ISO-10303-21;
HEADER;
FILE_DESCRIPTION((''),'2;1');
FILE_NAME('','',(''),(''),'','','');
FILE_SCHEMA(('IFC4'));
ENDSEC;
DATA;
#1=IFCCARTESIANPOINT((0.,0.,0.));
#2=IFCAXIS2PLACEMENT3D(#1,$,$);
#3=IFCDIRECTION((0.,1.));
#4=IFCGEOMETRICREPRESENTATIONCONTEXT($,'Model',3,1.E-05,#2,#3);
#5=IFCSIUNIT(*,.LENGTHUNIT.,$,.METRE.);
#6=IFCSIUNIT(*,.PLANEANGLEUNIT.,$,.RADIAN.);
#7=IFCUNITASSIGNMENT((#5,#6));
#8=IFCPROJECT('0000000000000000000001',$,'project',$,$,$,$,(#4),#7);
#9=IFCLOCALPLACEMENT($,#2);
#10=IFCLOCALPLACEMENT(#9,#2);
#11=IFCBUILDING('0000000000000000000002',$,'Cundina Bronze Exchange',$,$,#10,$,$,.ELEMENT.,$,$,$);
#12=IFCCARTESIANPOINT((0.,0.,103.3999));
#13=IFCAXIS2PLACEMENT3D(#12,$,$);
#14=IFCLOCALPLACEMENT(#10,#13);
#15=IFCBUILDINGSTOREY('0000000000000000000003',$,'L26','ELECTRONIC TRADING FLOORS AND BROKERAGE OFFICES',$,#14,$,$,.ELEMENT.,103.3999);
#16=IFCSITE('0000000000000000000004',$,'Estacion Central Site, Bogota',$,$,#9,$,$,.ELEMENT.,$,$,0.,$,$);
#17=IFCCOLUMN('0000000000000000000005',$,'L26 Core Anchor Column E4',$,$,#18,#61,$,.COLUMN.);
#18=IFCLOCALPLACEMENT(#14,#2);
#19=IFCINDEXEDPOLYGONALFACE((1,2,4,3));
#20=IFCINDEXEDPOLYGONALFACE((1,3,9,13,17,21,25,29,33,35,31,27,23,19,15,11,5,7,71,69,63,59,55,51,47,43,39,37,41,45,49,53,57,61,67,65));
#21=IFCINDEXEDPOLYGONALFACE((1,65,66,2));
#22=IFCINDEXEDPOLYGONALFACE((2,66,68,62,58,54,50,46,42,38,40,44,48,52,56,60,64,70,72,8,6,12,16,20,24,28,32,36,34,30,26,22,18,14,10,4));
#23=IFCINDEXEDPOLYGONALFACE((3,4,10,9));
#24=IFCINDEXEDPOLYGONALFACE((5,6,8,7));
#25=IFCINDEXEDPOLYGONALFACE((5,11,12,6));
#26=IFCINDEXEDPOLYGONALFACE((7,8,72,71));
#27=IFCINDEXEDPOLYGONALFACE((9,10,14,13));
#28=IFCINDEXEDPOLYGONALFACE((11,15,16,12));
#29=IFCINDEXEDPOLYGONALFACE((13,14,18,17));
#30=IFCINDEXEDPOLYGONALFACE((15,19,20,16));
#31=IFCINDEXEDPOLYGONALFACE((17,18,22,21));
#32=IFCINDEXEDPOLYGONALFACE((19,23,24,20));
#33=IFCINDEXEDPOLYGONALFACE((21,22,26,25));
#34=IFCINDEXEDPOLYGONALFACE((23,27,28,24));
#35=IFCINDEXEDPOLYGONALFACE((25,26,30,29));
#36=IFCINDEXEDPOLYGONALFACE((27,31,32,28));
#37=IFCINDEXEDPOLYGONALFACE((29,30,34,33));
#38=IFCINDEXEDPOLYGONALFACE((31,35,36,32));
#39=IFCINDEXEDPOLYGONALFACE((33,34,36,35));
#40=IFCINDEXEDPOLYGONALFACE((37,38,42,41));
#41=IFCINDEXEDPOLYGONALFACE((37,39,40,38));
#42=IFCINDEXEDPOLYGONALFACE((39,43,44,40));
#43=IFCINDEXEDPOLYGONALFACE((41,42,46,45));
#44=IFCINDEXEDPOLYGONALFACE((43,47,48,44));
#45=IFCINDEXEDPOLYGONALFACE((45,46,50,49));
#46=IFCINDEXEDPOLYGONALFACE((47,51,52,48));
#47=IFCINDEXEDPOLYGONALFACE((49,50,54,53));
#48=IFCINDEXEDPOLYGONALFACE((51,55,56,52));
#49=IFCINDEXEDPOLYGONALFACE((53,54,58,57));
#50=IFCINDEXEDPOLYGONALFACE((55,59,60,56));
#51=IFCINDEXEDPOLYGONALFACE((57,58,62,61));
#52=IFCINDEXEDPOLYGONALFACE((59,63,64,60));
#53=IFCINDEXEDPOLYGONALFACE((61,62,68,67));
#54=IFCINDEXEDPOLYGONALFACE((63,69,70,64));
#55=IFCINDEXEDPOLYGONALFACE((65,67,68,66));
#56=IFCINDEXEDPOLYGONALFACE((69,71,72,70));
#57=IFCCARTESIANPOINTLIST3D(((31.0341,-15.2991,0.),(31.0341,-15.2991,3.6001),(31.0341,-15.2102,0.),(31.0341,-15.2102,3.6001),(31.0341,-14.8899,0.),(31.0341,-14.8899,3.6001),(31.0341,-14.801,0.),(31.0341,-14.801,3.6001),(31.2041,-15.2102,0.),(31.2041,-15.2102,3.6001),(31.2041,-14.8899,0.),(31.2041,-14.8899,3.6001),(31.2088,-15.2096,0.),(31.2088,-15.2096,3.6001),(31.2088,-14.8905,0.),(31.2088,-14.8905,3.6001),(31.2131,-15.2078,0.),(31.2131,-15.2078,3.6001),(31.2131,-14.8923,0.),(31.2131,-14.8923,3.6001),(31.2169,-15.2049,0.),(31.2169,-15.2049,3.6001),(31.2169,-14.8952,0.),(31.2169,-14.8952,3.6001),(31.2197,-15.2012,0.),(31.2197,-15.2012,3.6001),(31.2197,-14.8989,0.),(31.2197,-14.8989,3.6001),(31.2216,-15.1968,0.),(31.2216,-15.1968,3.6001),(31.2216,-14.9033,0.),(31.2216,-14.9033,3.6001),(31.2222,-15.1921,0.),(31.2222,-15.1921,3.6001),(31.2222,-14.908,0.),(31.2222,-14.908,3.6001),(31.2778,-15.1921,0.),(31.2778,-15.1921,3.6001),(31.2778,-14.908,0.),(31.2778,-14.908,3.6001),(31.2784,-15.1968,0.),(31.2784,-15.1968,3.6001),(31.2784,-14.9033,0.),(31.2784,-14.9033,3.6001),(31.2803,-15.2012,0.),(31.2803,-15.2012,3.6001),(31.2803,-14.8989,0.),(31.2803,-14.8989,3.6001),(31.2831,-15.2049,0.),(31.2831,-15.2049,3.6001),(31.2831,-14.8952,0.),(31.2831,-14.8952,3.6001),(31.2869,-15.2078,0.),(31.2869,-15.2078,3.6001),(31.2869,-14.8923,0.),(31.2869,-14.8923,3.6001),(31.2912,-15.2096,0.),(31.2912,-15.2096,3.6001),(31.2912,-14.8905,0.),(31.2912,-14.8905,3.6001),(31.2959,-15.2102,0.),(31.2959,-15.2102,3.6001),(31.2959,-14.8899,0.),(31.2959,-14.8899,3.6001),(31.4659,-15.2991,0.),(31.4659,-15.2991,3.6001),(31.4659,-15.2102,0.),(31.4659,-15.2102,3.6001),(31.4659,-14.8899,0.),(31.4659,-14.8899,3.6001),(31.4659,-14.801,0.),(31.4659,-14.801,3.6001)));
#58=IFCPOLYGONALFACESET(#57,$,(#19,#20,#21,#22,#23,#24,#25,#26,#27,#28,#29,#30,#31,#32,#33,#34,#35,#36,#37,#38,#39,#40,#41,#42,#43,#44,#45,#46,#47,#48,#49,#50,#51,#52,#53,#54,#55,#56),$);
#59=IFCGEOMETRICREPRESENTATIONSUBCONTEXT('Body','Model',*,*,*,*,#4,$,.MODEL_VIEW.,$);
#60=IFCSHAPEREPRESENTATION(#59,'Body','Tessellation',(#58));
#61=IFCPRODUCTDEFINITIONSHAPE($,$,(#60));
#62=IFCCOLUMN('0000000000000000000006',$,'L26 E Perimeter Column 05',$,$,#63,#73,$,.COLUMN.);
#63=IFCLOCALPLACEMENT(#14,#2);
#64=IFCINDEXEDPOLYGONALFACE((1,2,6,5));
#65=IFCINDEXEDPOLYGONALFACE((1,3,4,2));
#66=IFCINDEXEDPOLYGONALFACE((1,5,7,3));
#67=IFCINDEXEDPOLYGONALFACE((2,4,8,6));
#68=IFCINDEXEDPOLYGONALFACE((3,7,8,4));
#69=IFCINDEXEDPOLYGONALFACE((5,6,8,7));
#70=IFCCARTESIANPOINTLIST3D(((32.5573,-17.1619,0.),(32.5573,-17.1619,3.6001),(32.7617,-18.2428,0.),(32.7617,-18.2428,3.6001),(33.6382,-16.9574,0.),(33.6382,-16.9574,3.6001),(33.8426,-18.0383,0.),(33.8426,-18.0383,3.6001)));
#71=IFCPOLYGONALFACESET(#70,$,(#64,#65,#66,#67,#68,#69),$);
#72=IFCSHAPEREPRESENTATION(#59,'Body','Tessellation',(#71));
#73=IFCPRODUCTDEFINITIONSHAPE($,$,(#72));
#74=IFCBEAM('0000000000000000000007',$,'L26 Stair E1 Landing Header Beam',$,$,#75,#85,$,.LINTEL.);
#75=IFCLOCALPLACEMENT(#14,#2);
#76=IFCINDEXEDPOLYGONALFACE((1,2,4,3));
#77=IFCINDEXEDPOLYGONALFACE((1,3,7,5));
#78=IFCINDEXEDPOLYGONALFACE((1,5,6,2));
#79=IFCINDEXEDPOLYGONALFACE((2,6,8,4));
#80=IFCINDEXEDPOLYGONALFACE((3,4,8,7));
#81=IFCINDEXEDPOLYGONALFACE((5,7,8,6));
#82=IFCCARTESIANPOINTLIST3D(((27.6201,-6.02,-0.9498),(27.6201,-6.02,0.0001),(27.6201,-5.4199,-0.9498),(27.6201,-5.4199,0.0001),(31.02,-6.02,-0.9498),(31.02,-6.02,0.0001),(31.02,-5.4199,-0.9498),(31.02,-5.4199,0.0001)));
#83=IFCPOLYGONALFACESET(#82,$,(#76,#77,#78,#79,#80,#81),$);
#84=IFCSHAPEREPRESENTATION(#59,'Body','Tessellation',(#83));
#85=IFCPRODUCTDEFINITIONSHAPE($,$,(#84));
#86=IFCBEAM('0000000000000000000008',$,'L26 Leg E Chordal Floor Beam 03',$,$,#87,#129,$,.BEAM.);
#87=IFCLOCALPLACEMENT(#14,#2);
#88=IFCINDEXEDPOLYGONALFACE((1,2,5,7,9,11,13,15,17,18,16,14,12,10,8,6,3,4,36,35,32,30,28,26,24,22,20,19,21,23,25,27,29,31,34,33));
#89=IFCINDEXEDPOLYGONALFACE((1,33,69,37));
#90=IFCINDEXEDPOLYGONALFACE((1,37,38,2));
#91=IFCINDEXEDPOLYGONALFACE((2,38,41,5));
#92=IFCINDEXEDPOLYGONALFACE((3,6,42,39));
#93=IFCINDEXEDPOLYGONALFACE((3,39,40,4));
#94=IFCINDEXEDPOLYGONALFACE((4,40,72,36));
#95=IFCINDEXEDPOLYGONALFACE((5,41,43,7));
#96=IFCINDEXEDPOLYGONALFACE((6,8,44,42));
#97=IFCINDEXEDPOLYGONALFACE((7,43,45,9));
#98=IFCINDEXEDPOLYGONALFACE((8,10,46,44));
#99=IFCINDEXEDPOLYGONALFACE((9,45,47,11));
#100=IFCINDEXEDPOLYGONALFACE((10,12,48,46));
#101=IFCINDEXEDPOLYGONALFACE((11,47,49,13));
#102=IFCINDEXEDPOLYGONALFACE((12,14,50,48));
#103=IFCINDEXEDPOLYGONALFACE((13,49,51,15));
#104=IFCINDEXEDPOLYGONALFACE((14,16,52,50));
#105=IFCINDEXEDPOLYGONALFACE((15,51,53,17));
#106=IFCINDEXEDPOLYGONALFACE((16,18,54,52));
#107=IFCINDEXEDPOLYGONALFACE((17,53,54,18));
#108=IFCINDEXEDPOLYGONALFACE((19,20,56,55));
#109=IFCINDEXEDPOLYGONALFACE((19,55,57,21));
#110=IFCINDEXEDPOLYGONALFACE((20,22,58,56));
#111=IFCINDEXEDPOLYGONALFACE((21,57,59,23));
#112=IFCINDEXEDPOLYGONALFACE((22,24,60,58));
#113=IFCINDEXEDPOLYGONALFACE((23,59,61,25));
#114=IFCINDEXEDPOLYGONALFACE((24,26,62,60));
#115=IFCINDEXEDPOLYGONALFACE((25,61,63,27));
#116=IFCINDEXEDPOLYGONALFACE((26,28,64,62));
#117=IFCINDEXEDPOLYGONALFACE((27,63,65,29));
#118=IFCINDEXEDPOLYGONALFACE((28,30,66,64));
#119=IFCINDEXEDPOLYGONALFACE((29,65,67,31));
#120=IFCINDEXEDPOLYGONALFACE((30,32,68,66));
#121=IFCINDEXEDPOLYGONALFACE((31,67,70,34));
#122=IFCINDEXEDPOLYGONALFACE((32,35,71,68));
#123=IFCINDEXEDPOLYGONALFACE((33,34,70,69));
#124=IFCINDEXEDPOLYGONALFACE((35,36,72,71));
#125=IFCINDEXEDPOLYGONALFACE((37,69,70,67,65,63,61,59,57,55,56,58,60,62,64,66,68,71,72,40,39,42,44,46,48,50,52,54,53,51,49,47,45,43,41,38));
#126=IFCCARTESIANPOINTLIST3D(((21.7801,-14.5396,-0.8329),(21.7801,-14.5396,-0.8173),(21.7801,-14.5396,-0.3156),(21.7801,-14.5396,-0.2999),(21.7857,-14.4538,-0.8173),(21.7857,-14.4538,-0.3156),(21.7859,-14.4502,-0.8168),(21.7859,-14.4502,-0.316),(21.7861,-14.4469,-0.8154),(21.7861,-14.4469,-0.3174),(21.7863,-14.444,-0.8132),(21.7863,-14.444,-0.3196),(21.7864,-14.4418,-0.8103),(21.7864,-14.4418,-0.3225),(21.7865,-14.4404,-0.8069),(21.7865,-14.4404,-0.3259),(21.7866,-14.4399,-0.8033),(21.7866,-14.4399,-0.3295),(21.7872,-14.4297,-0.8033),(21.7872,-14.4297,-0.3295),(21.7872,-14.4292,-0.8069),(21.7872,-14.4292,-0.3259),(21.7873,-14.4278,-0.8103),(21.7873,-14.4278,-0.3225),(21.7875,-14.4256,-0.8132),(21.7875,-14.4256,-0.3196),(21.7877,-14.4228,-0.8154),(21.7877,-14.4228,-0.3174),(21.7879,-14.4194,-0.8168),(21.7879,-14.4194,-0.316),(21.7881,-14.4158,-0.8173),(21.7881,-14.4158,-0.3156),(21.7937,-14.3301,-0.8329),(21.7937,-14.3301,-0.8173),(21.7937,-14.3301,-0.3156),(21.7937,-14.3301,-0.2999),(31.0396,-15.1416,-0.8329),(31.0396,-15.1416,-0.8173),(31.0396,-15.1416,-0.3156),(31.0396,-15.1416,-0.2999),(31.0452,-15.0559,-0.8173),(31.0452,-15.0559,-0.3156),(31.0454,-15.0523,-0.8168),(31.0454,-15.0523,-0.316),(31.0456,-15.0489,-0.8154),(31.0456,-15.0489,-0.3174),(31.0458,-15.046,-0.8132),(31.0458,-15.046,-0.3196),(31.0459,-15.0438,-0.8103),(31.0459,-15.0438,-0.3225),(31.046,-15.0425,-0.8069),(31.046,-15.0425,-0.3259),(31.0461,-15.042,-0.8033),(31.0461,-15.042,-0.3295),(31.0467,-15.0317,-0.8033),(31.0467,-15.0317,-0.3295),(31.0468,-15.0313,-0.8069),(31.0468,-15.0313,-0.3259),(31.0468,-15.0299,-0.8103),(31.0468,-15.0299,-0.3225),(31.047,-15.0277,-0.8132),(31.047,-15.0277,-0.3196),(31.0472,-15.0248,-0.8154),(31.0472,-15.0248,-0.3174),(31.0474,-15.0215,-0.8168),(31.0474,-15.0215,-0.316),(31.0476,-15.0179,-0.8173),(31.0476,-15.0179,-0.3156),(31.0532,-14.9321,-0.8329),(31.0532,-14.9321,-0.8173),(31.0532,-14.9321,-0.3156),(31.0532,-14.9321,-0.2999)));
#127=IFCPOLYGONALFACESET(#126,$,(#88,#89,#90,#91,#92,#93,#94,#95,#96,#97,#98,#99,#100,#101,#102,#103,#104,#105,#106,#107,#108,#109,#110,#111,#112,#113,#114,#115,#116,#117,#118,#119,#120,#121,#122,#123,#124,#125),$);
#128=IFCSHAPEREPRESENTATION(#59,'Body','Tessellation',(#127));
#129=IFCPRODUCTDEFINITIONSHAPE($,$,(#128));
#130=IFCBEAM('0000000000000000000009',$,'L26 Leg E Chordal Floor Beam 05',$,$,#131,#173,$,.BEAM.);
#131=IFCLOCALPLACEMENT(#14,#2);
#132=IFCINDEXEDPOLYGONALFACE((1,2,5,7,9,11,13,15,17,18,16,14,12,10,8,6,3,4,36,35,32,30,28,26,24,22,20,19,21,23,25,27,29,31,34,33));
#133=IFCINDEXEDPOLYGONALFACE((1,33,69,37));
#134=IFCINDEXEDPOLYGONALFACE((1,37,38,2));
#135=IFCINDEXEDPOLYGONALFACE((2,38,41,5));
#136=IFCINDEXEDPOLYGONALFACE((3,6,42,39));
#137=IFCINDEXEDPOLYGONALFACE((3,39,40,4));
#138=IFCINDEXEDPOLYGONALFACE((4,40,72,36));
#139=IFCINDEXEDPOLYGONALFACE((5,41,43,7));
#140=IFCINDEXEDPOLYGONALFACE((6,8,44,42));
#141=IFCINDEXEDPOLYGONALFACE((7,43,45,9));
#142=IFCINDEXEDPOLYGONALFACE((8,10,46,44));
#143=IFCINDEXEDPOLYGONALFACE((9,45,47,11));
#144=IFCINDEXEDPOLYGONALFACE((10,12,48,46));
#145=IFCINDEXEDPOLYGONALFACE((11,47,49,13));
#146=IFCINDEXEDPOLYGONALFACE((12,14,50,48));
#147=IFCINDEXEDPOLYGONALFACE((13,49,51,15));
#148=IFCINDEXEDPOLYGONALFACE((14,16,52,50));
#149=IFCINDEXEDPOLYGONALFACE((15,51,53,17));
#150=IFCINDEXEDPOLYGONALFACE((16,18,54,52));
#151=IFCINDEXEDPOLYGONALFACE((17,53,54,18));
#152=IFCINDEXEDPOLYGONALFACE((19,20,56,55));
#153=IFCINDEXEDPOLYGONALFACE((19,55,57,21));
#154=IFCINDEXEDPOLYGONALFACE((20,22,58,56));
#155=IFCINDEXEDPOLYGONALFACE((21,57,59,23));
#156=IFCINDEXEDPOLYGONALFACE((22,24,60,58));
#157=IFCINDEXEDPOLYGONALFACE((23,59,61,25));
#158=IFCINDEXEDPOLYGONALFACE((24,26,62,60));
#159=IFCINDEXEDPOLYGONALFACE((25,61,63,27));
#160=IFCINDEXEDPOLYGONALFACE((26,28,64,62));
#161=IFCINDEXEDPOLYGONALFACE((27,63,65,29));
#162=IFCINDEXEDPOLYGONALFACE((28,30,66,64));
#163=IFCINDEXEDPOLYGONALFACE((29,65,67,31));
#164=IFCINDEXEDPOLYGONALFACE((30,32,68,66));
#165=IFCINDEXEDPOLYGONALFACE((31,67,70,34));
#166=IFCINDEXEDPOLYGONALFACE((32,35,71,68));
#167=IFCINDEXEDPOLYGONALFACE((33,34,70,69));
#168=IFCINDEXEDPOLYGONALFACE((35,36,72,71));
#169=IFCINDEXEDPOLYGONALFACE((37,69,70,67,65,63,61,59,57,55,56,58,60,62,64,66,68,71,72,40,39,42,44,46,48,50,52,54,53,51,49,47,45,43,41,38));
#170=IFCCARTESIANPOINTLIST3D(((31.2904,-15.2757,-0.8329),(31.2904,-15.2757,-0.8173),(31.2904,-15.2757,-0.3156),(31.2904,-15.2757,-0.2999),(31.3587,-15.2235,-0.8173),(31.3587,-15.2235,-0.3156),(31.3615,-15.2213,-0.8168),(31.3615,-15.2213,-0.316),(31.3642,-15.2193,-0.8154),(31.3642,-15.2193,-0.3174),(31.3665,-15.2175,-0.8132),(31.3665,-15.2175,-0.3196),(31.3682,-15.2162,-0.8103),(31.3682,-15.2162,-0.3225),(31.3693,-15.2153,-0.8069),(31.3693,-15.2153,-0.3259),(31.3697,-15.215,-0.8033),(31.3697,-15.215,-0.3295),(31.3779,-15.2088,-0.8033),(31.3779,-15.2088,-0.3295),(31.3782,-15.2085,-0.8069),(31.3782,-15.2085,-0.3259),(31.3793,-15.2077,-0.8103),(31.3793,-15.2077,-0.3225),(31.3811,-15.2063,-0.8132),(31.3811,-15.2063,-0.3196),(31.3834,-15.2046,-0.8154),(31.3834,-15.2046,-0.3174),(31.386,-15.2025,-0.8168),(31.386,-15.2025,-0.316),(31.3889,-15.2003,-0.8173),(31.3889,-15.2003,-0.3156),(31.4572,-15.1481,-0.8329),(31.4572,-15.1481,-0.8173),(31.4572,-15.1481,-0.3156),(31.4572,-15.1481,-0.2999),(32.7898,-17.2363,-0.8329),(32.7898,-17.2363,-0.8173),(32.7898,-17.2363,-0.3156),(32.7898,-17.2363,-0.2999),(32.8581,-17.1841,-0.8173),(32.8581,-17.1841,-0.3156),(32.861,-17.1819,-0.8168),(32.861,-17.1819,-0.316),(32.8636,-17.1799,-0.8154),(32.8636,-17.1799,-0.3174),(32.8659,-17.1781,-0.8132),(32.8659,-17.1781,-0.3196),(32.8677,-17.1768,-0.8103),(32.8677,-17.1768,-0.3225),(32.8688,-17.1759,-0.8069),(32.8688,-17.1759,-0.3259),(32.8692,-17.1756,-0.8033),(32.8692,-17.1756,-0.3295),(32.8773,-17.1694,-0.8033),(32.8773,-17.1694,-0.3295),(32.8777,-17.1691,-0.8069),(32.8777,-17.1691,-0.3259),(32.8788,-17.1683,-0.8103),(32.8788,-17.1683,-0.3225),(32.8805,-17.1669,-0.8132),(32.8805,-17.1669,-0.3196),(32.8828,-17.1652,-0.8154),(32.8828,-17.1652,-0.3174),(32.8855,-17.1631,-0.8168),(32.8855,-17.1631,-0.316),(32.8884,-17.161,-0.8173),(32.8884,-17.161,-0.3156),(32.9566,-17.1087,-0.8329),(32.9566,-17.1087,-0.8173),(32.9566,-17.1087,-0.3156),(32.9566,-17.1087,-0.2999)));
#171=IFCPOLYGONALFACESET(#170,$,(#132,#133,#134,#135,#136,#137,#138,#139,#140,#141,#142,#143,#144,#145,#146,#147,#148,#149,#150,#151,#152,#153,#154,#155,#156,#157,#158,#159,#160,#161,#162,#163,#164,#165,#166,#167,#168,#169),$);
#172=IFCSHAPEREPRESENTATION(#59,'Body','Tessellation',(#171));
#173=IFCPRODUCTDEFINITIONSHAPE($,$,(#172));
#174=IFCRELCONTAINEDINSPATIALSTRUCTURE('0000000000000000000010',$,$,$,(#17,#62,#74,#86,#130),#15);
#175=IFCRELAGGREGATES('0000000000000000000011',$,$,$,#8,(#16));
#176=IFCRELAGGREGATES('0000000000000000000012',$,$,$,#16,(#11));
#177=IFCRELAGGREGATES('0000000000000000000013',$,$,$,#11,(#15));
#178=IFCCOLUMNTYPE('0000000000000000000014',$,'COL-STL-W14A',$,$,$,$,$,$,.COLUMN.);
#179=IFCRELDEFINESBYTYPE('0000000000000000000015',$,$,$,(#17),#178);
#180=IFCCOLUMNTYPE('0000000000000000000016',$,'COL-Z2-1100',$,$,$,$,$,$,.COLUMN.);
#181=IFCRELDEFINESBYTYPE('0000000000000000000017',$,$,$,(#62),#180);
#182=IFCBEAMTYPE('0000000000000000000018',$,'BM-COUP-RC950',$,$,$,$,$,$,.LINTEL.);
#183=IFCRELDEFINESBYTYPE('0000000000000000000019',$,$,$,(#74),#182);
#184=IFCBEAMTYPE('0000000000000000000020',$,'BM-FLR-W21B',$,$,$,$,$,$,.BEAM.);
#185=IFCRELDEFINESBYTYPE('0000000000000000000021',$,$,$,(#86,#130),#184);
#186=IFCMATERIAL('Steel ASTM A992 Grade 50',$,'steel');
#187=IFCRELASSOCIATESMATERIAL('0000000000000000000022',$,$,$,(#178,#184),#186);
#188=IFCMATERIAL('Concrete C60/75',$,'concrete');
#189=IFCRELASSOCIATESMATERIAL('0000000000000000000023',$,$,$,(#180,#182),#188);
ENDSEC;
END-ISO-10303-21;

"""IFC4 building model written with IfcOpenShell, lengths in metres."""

from ifc_helpers import new_model, si_unit, direction, frame, origin, origin_2d, place, context, subcontext, project, spatial, rectangle, i_section, extrude, material, material_profile, profile_set, type_object, element, save


model = new_model("IFC4")

# Units and contexts
model_context = context("Model", 3, precision=1e-05, world=origin(), true_north=direction((0.0, 1.0)))
body_context = subcontext(model_context, "Body", "Model", "MODEL_VIEW")
ifc_project = project(units=[si_unit("LENGTHUNIT", "METRE"), si_unit("PLANEANGLEUNIT", "RADIAN")], contexts=[model_context])

# Site, building, storey
site_placement = place(None, origin())
site = spatial("IfcSite", under=ifc_project, at=site_placement, Name="Estacion Central Site, Bogota", CompositionType="ELEMENT", RefElevation=0.0)
building_placement = place(site_placement, origin())
building = spatial("IfcBuilding", under=site, at=building_placement, Name="Cundina Bronze Exchange", CompositionType="ELEMENT")
storey_placement = place(building_placement, frame((0.0, 0.0, 103.3999)))
storey = spatial("IfcBuildingStorey", under=building, at=storey_placement, Name="L26", Description="ELECTRONIC TRADING FLOORS AND BROKERAGE OFFICES", CompositionType="ELEMENT", Elevation=103.3999)

# Columns
ifc_material_1 = material(Name="Steel ASTM A992 Grade 50", Category="steel")
ifc_material_profile_1 = material_profile(ifc_material_1, i_section(OverallWidth=0.4319, OverallDepth=0.498, WebThickness=0.0557, FlangeThickness=0.0889, FilletRadius=0.0181, at=origin_2d()), Name="W14X500", Category="steel")
ifc_profile_set_1 = profile_set([ifc_material_profile_1], Name="Steel ASTM A992 Grade 50")
column_type_1 = type_object("IfcColumnType", Name="COL-STL-W14A", PredefinedType="COLUMN", material=ifc_profile_set_1)
column_1_placement = place(storey_placement, frame((31.25, -15.05, 0.0), z_axis=(0.0, 0.0, 1.0), x_axis=(1.0, 0.0, 0.0)))
element("IfcColumn", 1, at=column_1_placement, inside=storey, type_object=column_type_1, Name="L26 Core Anchor Column E4", PredefinedType="COLUMN", context=body_context, shape_type="SweptSolid", body=[
    extrude(i_section(OverallWidth=0.4319, OverallDepth=0.498, WebThickness=0.0557, FlangeThickness=0.0889, FilletRadius=0.0181, at=origin_2d()), origin(), (0.0, 0.0, 1.0), 3.6001),
])
ifc_material_2 = material(Name="Concrete C60/75", Category="concrete")
ifc_material_profile_2 = material_profile(ifc_material_2, rectangle(XDim=1.1001, YDim=1.1001, at=origin_2d()), Name="RC1100X1100", Category="concrete")
ifc_profile_set_2 = profile_set([ifc_material_profile_2], Name="Concrete C60/75")
column_type_2 = type_object("IfcColumnType", Name="COL-Z2-1100", PredefinedType="COLUMN", material=ifc_profile_set_2)
column_2_placement = place(storey_placement, frame((33.2, -17.6001, 0.0), z_axis=(0.0, 0.0, 1.0), x_axis=(0.98258, 0.185838, 0.0)))
element("IfcColumn", 2, at=column_2_placement, inside=storey, type_object=column_type_2, Name="L26 E Perimeter Column 05", PredefinedType="COLUMN", context=body_context, shape_type="SweptSolid", body=[
    extrude(rectangle(XDim=1.1001, YDim=1.1001, at=origin_2d()), origin(), (0.0, 0.0, 1.0), 3.6001),
])

# Beams
ifc_material_profile_3 = material_profile(ifc_material_2, rectangle(XDim=0.6001, YDim=0.95, at=origin_2d()), Name="RC600X950", Category="concrete")
ifc_profile_set_3 = profile_set([ifc_material_profile_3], Name="Concrete C60/75")
beam_type_1 = type_object("IfcBeamType", Name="BM-COUP-RC950", PredefinedType="LINTEL", material=ifc_profile_set_3)
beam_1_placement = place(storey_placement, frame((27.6201, -5.72, -0.4749), z_axis=(1.0, 0.0, 0.0), x_axis=(0.0, 1.0, 0.0)))
element("IfcBeam", 3, at=beam_1_placement, inside=storey, type_object=beam_type_1, Name="L26 Stair E1 Landing Header Beam", PredefinedType="LINTEL", context=body_context, shape_type="SweptSolid", body=[
    extrude(rectangle(XDim=0.6001, YDim=0.95, at=origin_2d()), origin(), (0.0, 0.0, 1.0), 3.3999),
])
ifc_material_profile_4 = material_profile(ifc_material_1, i_section(OverallWidth=0.21, OverallDepth=0.533, WebThickness=0.0103, FlangeThickness=0.0156, FilletRadius=0.0139, at=origin_2d()), Name="W21X62", Category="steel")
ifc_profile_set_4 = profile_set([ifc_material_profile_4], Name="Steel ASTM A992 Grade 50")
beam_type_2 = type_object("IfcBeamType", Name="BM-FLR-W21B", PredefinedType="BEAM", material=ifc_profile_set_4)
beam_2_placement = place(storey_placement, frame((31.0464, -15.0369, -0.5664), z_axis=(-0.997893, 0.064883, 0.0), x_axis=(-0.064883, -0.997893, 0.0)))
element("IfcBeam", 4, at=beam_2_placement, inside=storey, type_object=beam_type_2, Name="L26 Leg E Chordal Floor Beam 03", PredefinedType="BEAM", context=body_context, shape_type="SweptSolid", body=[
    extrude(i_section(OverallWidth=0.21, OverallDepth=0.533, WebThickness=0.0103, FlangeThickness=0.0156, FilletRadius=0.0139, at=origin_2d()), origin(), (0.0, 0.0, 1.0), 9.2791),
])
beam_3_placement = place(storey_placement, frame((31.3738, -15.2119, -0.5664), z_axis=(0.60749, -0.794327, 0.0), x_axis=(0.794327, 0.60749, 0.0)))
element("IfcBeam", 5, at=beam_3_placement, inside=storey, type_object=beam_type_2, Name="L26 Leg E Chordal Floor Beam 05", PredefinedType="BEAM", context=body_context, shape_type="SweptSolid", body=[
    extrude(i_section(OverallWidth=0.21, OverallDepth=0.533, WebThickness=0.0103, FlangeThickness=0.0156, FilletRadius=0.0139, at=origin_2d()), origin(), (0.0, 0.0, 1.0), 2.4683),
])

save(model, "model.ifc")
